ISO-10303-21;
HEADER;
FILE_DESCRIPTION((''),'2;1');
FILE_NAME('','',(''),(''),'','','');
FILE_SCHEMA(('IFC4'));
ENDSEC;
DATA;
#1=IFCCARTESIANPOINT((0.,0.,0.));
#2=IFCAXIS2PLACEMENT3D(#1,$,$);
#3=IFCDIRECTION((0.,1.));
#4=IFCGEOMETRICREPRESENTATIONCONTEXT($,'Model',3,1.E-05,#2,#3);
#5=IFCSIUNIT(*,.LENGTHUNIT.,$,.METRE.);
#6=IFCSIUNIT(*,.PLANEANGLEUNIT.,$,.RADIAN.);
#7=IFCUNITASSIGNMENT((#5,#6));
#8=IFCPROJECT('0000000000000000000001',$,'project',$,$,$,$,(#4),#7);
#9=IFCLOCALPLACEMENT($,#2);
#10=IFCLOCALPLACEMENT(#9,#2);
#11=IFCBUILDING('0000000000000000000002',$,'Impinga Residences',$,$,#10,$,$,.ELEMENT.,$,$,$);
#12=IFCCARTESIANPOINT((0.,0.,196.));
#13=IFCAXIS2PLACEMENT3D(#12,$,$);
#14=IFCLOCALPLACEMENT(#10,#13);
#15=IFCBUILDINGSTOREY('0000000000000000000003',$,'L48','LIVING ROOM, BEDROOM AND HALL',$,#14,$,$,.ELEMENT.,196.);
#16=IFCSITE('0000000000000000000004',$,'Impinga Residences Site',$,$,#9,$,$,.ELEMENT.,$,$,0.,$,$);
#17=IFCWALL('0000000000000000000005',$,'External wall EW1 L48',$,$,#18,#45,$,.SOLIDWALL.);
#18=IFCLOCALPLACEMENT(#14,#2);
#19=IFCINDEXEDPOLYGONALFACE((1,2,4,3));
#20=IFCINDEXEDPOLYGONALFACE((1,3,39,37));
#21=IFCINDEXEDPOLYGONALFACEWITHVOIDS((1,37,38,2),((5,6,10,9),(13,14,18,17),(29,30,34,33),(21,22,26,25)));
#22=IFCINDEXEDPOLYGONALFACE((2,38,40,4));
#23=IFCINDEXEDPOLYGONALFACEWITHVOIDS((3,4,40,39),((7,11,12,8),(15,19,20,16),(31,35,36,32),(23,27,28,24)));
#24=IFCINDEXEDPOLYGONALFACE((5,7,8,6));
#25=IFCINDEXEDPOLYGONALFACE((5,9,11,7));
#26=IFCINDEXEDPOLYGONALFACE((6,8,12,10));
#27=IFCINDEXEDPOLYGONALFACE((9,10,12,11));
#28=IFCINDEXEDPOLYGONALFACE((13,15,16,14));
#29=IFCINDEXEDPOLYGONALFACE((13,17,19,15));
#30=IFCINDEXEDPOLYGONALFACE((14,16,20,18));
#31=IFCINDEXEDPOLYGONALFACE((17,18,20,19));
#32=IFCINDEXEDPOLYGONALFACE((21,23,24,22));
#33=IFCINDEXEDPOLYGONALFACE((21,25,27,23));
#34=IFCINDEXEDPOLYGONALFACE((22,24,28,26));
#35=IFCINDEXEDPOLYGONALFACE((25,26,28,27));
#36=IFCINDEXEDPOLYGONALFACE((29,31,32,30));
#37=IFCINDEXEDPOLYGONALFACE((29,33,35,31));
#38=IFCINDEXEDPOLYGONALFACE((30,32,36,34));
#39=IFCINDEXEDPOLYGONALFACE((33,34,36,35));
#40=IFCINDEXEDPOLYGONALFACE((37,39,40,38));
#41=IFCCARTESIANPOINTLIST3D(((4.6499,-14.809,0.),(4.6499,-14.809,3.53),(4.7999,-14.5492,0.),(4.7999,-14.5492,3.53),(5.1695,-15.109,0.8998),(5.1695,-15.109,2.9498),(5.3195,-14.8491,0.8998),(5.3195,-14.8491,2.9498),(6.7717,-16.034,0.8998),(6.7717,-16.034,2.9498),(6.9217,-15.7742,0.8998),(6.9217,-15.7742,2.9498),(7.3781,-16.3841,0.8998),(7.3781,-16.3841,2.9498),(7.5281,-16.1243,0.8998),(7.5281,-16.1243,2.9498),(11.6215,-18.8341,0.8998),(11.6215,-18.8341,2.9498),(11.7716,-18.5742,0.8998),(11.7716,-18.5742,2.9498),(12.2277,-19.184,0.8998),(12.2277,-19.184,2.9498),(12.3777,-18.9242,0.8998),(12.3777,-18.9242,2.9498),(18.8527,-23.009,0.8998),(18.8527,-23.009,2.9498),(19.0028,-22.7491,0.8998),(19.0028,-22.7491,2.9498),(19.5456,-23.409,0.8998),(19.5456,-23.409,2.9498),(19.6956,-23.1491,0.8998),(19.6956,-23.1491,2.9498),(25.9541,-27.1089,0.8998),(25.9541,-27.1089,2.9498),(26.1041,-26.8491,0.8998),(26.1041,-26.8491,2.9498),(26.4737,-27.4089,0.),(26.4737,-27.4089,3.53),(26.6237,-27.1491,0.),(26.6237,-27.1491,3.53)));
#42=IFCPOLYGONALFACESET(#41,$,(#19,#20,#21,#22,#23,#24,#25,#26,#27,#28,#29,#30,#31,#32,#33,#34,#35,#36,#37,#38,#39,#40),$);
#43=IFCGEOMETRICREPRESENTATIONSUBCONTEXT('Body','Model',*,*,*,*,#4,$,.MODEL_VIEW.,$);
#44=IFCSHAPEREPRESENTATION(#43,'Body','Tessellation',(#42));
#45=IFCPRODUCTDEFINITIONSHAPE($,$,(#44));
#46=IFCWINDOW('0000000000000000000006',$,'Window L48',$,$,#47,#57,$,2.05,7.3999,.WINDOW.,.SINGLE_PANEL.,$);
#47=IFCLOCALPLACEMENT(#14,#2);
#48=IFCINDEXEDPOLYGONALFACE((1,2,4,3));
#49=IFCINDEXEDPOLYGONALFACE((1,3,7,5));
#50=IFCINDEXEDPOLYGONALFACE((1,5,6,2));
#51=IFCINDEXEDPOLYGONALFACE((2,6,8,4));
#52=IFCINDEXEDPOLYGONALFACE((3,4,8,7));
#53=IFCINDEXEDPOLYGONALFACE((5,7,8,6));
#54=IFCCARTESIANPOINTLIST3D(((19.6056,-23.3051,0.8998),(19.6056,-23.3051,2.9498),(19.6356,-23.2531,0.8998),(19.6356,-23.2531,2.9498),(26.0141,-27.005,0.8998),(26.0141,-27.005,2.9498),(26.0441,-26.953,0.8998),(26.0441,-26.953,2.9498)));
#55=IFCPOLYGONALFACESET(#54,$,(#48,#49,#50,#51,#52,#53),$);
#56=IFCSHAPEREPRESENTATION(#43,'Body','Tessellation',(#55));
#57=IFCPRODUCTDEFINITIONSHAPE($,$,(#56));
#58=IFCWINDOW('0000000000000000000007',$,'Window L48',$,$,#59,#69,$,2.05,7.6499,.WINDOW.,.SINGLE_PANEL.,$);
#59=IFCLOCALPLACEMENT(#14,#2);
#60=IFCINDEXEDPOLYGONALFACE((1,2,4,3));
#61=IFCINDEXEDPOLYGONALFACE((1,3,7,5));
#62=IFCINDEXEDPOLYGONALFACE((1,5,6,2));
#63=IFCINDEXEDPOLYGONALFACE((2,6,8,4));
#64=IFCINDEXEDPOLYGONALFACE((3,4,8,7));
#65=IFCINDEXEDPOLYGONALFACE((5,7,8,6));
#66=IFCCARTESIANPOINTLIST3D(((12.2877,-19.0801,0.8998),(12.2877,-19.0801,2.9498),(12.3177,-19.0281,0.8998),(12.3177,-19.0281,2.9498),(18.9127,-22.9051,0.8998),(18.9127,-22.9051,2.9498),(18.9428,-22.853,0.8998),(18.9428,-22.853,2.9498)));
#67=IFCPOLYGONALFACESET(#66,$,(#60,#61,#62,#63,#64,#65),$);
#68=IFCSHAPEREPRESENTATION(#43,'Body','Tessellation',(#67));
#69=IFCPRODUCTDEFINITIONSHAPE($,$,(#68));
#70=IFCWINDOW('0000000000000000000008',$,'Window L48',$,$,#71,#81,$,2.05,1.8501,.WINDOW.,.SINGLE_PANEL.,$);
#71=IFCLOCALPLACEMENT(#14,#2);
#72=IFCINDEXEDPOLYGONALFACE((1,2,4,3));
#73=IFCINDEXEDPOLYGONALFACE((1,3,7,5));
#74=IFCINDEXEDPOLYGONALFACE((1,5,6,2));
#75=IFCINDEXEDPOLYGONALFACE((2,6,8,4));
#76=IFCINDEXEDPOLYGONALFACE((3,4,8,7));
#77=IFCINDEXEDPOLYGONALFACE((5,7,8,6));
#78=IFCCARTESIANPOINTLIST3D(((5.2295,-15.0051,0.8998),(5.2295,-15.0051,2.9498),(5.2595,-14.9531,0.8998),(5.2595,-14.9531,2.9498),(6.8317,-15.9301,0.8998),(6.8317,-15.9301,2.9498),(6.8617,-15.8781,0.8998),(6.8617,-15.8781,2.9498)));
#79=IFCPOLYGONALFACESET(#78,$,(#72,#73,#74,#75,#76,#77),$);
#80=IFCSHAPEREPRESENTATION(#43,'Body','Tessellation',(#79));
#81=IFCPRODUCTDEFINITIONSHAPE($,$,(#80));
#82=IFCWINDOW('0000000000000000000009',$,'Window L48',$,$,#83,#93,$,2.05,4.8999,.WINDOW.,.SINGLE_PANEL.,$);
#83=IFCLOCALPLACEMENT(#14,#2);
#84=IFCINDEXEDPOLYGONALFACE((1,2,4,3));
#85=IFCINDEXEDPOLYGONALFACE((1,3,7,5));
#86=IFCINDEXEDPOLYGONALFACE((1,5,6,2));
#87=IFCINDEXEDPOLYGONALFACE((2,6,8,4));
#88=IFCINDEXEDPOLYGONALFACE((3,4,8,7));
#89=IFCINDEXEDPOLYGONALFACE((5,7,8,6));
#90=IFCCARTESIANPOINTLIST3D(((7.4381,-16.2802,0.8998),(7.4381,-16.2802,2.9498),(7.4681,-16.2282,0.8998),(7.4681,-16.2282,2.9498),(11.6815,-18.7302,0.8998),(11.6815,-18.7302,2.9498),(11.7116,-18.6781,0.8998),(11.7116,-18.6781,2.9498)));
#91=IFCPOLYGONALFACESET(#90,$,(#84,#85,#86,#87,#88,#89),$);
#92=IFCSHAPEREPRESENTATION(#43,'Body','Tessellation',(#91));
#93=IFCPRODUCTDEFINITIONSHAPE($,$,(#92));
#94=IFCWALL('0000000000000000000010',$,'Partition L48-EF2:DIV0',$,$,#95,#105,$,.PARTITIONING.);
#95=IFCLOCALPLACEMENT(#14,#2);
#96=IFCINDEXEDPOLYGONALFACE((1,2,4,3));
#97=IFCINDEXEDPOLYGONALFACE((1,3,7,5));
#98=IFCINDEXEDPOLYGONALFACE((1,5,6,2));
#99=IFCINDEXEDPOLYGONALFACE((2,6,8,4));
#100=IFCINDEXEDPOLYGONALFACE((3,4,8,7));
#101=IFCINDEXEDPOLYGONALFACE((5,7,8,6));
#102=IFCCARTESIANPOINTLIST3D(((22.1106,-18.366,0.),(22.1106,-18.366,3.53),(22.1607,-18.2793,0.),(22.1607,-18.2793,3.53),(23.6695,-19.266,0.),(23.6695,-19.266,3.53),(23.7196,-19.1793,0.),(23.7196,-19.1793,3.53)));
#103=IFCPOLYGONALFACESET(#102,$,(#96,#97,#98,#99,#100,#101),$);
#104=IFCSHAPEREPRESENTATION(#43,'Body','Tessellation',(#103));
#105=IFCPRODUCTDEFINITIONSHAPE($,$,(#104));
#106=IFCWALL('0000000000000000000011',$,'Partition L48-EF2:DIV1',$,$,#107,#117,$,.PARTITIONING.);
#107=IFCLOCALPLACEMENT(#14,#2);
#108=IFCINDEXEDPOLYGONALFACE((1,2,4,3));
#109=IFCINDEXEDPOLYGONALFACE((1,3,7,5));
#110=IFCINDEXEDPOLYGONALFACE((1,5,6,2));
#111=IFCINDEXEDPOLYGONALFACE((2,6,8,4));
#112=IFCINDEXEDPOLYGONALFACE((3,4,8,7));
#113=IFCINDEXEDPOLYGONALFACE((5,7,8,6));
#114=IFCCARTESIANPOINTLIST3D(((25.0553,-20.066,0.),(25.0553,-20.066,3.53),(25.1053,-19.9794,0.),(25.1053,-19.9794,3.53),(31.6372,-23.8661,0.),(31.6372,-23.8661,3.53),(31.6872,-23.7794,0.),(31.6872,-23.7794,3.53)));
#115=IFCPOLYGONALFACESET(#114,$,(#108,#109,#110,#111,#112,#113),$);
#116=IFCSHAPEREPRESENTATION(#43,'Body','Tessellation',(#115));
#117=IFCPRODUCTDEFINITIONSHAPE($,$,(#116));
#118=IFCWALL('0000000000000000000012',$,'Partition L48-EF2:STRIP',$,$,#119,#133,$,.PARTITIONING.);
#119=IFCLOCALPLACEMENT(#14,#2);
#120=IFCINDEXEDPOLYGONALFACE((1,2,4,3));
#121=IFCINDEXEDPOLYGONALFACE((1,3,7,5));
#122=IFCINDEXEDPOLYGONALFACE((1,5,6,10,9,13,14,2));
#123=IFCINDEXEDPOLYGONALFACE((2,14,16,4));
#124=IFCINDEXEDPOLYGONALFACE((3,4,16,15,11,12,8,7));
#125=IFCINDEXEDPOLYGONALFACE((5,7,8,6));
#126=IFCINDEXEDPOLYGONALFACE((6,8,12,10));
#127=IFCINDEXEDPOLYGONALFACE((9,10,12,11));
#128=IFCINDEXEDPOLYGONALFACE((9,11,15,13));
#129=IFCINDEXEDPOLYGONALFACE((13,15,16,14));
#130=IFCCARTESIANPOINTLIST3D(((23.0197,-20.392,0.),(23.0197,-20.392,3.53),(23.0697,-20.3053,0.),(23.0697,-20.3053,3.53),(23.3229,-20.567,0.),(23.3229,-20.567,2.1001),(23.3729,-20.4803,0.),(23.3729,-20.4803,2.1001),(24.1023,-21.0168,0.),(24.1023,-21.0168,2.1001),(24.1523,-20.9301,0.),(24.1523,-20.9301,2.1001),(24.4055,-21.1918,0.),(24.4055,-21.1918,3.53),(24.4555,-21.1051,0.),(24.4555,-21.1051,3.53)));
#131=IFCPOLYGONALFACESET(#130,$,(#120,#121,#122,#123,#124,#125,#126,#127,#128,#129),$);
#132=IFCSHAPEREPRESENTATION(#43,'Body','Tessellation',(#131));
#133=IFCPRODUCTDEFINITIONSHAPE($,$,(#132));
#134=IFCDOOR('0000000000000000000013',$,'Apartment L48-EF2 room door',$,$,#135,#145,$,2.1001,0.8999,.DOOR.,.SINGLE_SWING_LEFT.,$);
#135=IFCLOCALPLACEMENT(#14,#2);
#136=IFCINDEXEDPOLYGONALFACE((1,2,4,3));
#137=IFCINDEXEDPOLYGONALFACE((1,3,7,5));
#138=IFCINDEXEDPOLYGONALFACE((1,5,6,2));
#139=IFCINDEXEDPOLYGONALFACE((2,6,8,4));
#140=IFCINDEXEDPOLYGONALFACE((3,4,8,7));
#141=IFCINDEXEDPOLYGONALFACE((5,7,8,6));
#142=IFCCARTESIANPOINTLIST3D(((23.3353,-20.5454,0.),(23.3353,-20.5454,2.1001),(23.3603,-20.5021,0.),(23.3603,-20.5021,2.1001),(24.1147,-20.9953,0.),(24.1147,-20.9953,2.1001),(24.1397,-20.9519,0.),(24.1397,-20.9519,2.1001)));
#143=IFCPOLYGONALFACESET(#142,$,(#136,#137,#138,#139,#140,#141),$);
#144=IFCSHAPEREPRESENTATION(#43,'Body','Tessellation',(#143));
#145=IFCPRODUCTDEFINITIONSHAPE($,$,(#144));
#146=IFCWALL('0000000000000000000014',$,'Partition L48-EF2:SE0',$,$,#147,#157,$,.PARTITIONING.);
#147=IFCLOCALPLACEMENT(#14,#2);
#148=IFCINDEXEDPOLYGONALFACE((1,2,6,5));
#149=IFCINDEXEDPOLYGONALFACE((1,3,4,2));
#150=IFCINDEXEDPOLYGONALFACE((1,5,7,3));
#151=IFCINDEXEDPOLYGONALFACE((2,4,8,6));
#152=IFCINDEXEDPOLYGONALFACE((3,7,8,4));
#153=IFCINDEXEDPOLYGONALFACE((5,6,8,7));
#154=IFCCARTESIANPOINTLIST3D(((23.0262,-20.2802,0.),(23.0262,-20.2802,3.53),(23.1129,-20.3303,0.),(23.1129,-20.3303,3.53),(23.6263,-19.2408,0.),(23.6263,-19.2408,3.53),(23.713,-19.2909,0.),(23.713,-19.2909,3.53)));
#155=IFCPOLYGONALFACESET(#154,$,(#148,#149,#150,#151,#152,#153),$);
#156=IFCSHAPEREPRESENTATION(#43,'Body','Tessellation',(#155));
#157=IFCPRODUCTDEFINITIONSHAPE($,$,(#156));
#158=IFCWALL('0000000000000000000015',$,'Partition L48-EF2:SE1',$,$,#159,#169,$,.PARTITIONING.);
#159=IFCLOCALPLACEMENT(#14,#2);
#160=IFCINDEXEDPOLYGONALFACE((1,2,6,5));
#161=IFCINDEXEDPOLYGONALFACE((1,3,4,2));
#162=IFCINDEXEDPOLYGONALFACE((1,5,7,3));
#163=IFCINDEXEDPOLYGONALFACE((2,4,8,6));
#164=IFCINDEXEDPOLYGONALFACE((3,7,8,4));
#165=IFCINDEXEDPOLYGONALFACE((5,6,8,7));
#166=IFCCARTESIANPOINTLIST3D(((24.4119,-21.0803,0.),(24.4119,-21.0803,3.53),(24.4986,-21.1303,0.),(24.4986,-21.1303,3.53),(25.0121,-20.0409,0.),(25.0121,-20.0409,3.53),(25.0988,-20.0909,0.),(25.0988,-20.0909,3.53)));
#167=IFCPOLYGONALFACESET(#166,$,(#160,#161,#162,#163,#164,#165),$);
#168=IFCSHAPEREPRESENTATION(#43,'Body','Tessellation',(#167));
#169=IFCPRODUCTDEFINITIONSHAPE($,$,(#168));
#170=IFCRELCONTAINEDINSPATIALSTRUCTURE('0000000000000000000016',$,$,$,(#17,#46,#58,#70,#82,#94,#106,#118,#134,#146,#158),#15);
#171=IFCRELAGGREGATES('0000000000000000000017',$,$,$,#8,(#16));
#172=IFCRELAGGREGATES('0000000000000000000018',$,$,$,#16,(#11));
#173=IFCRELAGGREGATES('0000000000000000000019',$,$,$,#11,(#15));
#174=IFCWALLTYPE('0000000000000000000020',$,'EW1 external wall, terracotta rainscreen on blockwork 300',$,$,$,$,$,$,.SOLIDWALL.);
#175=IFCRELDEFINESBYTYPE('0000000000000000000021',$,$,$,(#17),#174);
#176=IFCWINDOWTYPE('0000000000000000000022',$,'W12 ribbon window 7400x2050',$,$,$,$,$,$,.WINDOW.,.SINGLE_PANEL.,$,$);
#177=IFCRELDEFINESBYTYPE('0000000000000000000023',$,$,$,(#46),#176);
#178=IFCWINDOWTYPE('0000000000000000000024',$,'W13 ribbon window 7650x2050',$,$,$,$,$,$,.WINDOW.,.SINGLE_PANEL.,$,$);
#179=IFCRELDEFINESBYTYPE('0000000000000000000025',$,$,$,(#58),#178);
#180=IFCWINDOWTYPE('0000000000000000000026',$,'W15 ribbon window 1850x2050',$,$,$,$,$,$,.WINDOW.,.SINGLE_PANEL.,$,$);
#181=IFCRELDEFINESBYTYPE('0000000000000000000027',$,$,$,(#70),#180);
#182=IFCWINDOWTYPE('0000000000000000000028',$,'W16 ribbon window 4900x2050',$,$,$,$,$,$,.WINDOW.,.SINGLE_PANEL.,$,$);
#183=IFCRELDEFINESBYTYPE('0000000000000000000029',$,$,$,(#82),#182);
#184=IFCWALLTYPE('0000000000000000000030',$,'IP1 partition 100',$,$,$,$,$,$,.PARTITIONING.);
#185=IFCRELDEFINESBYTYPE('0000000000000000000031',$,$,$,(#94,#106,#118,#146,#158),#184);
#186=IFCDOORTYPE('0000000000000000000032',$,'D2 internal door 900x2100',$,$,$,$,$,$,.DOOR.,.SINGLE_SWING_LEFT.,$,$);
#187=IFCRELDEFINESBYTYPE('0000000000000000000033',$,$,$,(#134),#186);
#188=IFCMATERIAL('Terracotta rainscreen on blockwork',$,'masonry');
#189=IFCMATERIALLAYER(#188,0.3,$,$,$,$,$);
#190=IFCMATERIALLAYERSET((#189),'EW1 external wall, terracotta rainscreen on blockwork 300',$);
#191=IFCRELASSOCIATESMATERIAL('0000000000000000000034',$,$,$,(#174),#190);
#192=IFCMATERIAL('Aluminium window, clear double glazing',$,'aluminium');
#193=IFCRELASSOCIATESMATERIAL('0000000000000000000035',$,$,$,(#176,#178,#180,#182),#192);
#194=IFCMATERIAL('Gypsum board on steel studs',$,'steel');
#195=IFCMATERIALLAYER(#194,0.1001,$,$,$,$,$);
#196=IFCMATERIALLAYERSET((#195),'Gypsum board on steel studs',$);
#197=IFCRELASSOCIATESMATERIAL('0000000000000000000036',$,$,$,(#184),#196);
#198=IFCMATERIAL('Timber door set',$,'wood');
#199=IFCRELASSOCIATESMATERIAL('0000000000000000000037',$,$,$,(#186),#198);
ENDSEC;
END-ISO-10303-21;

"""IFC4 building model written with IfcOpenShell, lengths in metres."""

from ifc_helpers import new_model, si_unit, direction, frame, frame_2d, origin, place, context, subcontext, project, spatial, rectangle, extrude, material, layer, layer_set, type_object, element, fill, save


model = new_model("IFC4")

# Units and contexts
model_context = context("Model", 3, precision=1e-05, world=origin(), true_north=direction((0.0, 1.0)))
body_context = subcontext(model_context, "Body", "Model", "MODEL_VIEW")
ifc_project = project(units=[si_unit("LENGTHUNIT", "METRE"), si_unit("PLANEANGLEUNIT", "RADIAN")], contexts=[model_context])

# Site, building, storey
site_placement = place(None, origin())
site = spatial("IfcSite", under=ifc_project, at=site_placement, Name="Impinga Residences Site", CompositionType="ELEMENT", RefElevation=0.0)
building_placement = place(site_placement, origin())
building = spatial("IfcBuilding", under=site, at=building_placement, Name="Impinga Residences", CompositionType="ELEMENT")
storey_placement = place(building_placement, frame((0.0, 0.0, 196.0)))
storey = spatial("IfcBuildingStorey", under=building, at=storey_placement, Name="L48", Description="LIVING ROOM, BEDROOM AND HALL", CompositionType="ELEMENT", Elevation=196.0)

# Shared definitions
ifc_material_1 = material(Name="Timber door set", Category="wood")

# Shared definitions
ifc_material_2 = material(Name="Terracotta rainscreen on blockwork", Category="masonry")
ifc_layer_1 = layer(ifc_material_2, 0.3)
ifc_layer_set_1 = layer_set([ifc_layer_1], Name="EW1 external wall, terracotta rainscreen on blockwork 300")
wall_type_1 = type_object("IfcWallType", Name="EW1 external wall, terracotta rainscreen on blockwork 300", PredefinedType="SOLIDWALL", material=ifc_layer_set_1)

# Wall, openings, windows
wall_1_placement = place(storey_placement, frame((26.5488, -27.2791, 0.0), z_axis=(0.0, 0.0, 1.0), x_axis=(-0.866027, 0.499998, 0.0)))
wall_1 = element("IfcWall", 1, at=wall_1_placement, inside=storey, type_object=wall_type_1, Name="External wall EW1 L48", PredefinedType="SOLIDWALL", context=body_context, shape_type="SweptSolid", body=[
    extrude(rectangle(XDim=25.2, YDim=0.3, at=frame_2d((12.6001, 0.0))), origin(), (0.0, 0.0, 1.0), 3.53),
])
opening_1_placement = place(wall_1_placement, frame((0.6001, 0.0, 0.8999)))
opening_1 = element("IfcOpeningElement", 2, at=opening_1_placement, cuts=wall_1, PredefinedType="OPENING", context=body_context, shape_type="SweptSolid", body=[
    extrude(rectangle(XDim=7.3999, YDim=2.05, at=frame_2d((3.7, 1.0249))), frame((0.0, 0.1599, 0.0), z_axis=(0.0, -1.0, 0.0), x_axis=(1.0, 0.0, 0.0)), (0.0, 0.0, 1.0), 0.3201),
])
opening_2_placement = place(wall_1_placement, frame((8.8, 0.0, 0.8999)))
opening_2 = element("IfcOpeningElement", 3, at=opening_2_placement, cuts=wall_1, PredefinedType="OPENING", context=body_context, shape_type="SweptSolid", body=[
    extrude(rectangle(XDim=7.6499, YDim=2.05, at=frame_2d((3.825, 1.0249))), frame((0.0, 0.1599, 0.0), z_axis=(0.0, -1.0, 0.0), x_axis=(1.0, 0.0, 0.0)), (0.0, 0.0, 1.0), 0.3201),
])
opening_3_placement = place(wall_1_placement, frame((17.1499, 0.0, 0.8999)))
opening_3 = element("IfcOpeningElement", 4, at=opening_3_placement, cuts=wall_1, PredefinedType="OPENING", context=body_context, shape_type="SweptSolid", body=[
    extrude(rectangle(XDim=4.8999, YDim=2.05, at=frame_2d((2.45, 1.0249))), frame((0.0, 0.1599, 0.0), z_axis=(0.0, -1.0, 0.0), x_axis=(1.0, 0.0, 0.0)), (0.0, 0.0, 1.0), 0.3201),
])
opening_4_placement = place(wall_1_placement, frame((22.75, 0.0, 0.8999)))
opening_4 = element("IfcOpeningElement", 5, at=opening_4_placement, cuts=wall_1, PredefinedType="OPENING", context=body_context, shape_type="SweptSolid", body=[
    extrude(rectangle(XDim=1.8501, YDim=2.05, at=frame_2d((0.925, 1.0249))), frame((0.0, 0.1599, 0.0), z_axis=(0.0, -1.0, 0.0), x_axis=(1.0, 0.0, 0.0)), (0.0, 0.0, 1.0), 0.3201),
])
ifc_material_3 = material(Name="Aluminium window, clear double glazing", Category="aluminium")
window_type_1 = type_object("IfcWindowType", Name="W12 ribbon window 7400x2050", PartitioningType="SINGLE_PANEL", PredefinedType="WINDOW", material=ifc_material_3)
window_1_placement = place(opening_1_placement, origin())
window_1 = element("IfcWindow", 6, at=window_1_placement, inside=storey, type_object=window_type_1, Name="Window L48", OverallHeight=2.05, OverallWidth=7.3999, PartitioningType="SINGLE_PANEL", PredefinedType="WINDOW", context=body_context, shape_type="SweptSolid", body=[
    extrude(rectangle(XDim=7.3999, YDim=2.05, at=frame_2d((3.7, 1.0249))), frame((0.0, 0.03, 0.0), z_axis=(0.0, -1.0, 0.0), x_axis=(1.0, 0.0, 0.0)), (0.0, 0.0, 1.0), 0.0601),
])
fill(opening_1, window_1)
window_type_2 = type_object("IfcWindowType", Name="W13 ribbon window 7650x2050", PartitioningType="SINGLE_PANEL", PredefinedType="WINDOW", material=ifc_material_3)
window_2_placement = place(opening_2_placement, origin())
window_2 = element("IfcWindow", 7, at=window_2_placement, inside=storey, type_object=window_type_2, Name="Window L48", OverallHeight=2.05, OverallWidth=7.6499, PartitioningType="SINGLE_PANEL", PredefinedType="WINDOW", context=body_context, shape_type="SweptSolid", body=[
    extrude(rectangle(XDim=7.6499, YDim=2.05, at=frame_2d((3.825, 1.0249))), frame((0.0, 0.03, 0.0), z_axis=(0.0, -1.0, 0.0), x_axis=(1.0, 0.0, 0.0)), (0.0, 0.0, 1.0), 0.0601),
])
fill(opening_2, window_2)
window_type_3 = type_object("IfcWindowType", Name="W15 ribbon window 1850x2050", PartitioningType="SINGLE_PANEL", PredefinedType="WINDOW", material=ifc_material_3)
window_3_placement = place(opening_4_placement, origin())
window_3 = element("IfcWindow", 8, at=window_3_placement, inside=storey, type_object=window_type_3, Name="Window L48", OverallHeight=2.05, OverallWidth=1.8501, PartitioningType="SINGLE_PANEL", PredefinedType="WINDOW", context=body_context, shape_type="SweptSolid", body=[
    extrude(rectangle(XDim=1.8501, YDim=2.05, at=frame_2d((0.925, 1.0249))), frame((0.0, 0.03, 0.0), z_axis=(0.0, -1.0, 0.0), x_axis=(1.0, 0.0, 0.0)), (0.0, 0.0, 1.0), 0.0601),
])
fill(opening_4, window_3)
window_type_4 = type_object("IfcWindowType", Name="W16 ribbon window 4900x2050", PartitioningType="SINGLE_PANEL", PredefinedType="WINDOW", material=ifc_material_3)
window_4_placement = place(opening_3_placement, origin())
window_4 = element("IfcWindow", 9, at=window_4_placement, inside=storey, type_object=window_type_4, Name="Window L48", OverallHeight=2.05, OverallWidth=4.8999, PartitioningType="SINGLE_PANEL", PredefinedType="WINDOW", context=body_context, shape_type="SweptSolid", body=[
    extrude(rectangle(XDim=4.8999, YDim=2.05, at=frame_2d((2.45, 1.0249))), frame((0.0, 0.03, 0.0), z_axis=(0.0, -1.0, 0.0), x_axis=(1.0, 0.0, 0.0)), (0.0, 0.0, 1.0), 0.0601),
])
fill(opening_3, window_4)

# Walls
ifc_material_4 = material(Name="Gypsum board on steel studs", Category="steel")
ifc_layer_2 = layer(ifc_material_4, 0.1001)
ifc_layer_set_2 = layer_set([ifc_layer_2], Name="Gypsum board on steel studs")
wall_type_2 = type_object("IfcWallType", Name="IP1 partition 100", PredefinedType="PARTITIONING", material=ifc_layer_set_2)
wall_2_placement = place(storey_placement, frame((22.1357, -18.3228, 0.0), z_axis=(0.0, 0.0, 1.0), x_axis=(0.866048, -0.499961, 0.0)))
element("IfcWall", 10, at=wall_2_placement, inside=storey, type_object=wall_type_2, Name="Partition L48-EF2:DIV0", PredefinedType="PARTITIONING", context=body_context, shape_type="SweptSolid", body=[
    extrude(rectangle(XDim=1.8, YDim=0.1001, at=frame_2d((0.8999, 0.0))), origin(), (0.0, 0.0, 1.0), 3.53),
])
wall_3_placement = place(storey_placement, frame((25.0803, -20.0227, 0.0), z_axis=(0.0, 0.0, 1.0), x_axis=(0.866022, -0.500005, 0.0)))
element("IfcWall", 11, at=wall_3_placement, inside=storey, type_object=wall_type_2, Name="Partition L48-EF2:DIV1", PredefinedType="PARTITIONING", context=body_context, shape_type="SweptSolid", body=[
    extrude(rectangle(XDim=7.6001, YDim=0.1001, at=frame_2d((3.8, 0.0))), origin(), (0.0, 0.0, 1.0), 3.53),
])

# Wall, opening, door
wall_4_placement = place(storey_placement, frame((23.0447, -20.3486, 0.0), z_axis=(0.0, 0.0, 1.0), x_axis=(0.866094, -0.499881, 0.0)))
wall_4 = element("IfcWall", 12, at=wall_4_placement, inside=storey, type_object=wall_type_2, Name="Partition L48-EF2:STRIP", PredefinedType="PARTITIONING", context=body_context, shape_type="SweptSolid", body=[
    extrude(rectangle(XDim=1.6001, YDim=0.1001, at=frame_2d((0.8, 0.0))), origin(), (0.0, 0.0, 1.0), 3.53),
])
opening_5_placement = place(wall_4_placement, frame((0.3501, 0.0, 0.0)))
opening_5 = element("IfcOpeningElement", 13, at=opening_5_placement, cuts=wall_4, PredefinedType="OPENING", context=body_context, shape_type="SweptSolid", body=[
    extrude(rectangle(XDim=0.8999, YDim=2.1001, at=frame_2d((0.45, 1.05))), frame((0.0, 0.0601, 0.0), z_axis=(0.0, -1.0, 0.0), x_axis=(1.0, 0.0, 0.0)), (0.0, 0.0, 1.0), 0.1201),
])
door_type_1 = type_object("IfcDoorType", Name="D2 internal door 900x2100", OperationType="SINGLE_SWING_LEFT", PredefinedType="DOOR", material=ifc_material_1)
door_1_placement = place(opening_5_placement, origin())
door_1 = element("IfcDoor", 14, at=door_1_placement, inside=storey, type_object=door_type_1, Name="Apartment L48-EF2 room door", OperationType="SINGLE_SWING_LEFT", OverallHeight=2.1001, OverallWidth=0.8999, PredefinedType="DOOR", context=body_context, shape_type="SweptSolid", body=[
    extrude(rectangle(XDim=0.8999, YDim=2.1001, at=frame_2d((0.45, 1.05))), frame((0.0, 0.0249, 0.0), z_axis=(0.0, -1.0, 0.0), x_axis=(1.0, 0.0, 0.0)), (0.0, 0.0, 1.0), 0.05),
])
fill(opening_5, door_1)

# Walls
for number, where, z_axis, x_axis, name in (
    (15, (23.6697, -19.2659, 0.0), (0.0, 0.0, 1.0), (-0.500034, -0.866006, 0.0), "Partition L48-EF2:SE0"),
    (16, (25.0554, -20.0659, 0.0), (0.0, 0.0, 1.0), (-0.500034, -0.866006, 0.0), "Partition L48-EF2:SE1"),
):
    element("IfcWall", number, at=place(storey_placement, frame(where, z_axis=z_axis, x_axis=x_axis)), inside=storey, type_object=wall_type_2, Name=name, PredefinedType="PARTITIONING", context=body_context, shape_type="SweptSolid", body=[
        extrude(rectangle(XDim=1.2002, YDim=0.1001, at=frame_2d((0.6001, 0.0))), origin(), (0.0, 0.0, 1.0), 3.53),
    ])

save(model, "model.ifc")
